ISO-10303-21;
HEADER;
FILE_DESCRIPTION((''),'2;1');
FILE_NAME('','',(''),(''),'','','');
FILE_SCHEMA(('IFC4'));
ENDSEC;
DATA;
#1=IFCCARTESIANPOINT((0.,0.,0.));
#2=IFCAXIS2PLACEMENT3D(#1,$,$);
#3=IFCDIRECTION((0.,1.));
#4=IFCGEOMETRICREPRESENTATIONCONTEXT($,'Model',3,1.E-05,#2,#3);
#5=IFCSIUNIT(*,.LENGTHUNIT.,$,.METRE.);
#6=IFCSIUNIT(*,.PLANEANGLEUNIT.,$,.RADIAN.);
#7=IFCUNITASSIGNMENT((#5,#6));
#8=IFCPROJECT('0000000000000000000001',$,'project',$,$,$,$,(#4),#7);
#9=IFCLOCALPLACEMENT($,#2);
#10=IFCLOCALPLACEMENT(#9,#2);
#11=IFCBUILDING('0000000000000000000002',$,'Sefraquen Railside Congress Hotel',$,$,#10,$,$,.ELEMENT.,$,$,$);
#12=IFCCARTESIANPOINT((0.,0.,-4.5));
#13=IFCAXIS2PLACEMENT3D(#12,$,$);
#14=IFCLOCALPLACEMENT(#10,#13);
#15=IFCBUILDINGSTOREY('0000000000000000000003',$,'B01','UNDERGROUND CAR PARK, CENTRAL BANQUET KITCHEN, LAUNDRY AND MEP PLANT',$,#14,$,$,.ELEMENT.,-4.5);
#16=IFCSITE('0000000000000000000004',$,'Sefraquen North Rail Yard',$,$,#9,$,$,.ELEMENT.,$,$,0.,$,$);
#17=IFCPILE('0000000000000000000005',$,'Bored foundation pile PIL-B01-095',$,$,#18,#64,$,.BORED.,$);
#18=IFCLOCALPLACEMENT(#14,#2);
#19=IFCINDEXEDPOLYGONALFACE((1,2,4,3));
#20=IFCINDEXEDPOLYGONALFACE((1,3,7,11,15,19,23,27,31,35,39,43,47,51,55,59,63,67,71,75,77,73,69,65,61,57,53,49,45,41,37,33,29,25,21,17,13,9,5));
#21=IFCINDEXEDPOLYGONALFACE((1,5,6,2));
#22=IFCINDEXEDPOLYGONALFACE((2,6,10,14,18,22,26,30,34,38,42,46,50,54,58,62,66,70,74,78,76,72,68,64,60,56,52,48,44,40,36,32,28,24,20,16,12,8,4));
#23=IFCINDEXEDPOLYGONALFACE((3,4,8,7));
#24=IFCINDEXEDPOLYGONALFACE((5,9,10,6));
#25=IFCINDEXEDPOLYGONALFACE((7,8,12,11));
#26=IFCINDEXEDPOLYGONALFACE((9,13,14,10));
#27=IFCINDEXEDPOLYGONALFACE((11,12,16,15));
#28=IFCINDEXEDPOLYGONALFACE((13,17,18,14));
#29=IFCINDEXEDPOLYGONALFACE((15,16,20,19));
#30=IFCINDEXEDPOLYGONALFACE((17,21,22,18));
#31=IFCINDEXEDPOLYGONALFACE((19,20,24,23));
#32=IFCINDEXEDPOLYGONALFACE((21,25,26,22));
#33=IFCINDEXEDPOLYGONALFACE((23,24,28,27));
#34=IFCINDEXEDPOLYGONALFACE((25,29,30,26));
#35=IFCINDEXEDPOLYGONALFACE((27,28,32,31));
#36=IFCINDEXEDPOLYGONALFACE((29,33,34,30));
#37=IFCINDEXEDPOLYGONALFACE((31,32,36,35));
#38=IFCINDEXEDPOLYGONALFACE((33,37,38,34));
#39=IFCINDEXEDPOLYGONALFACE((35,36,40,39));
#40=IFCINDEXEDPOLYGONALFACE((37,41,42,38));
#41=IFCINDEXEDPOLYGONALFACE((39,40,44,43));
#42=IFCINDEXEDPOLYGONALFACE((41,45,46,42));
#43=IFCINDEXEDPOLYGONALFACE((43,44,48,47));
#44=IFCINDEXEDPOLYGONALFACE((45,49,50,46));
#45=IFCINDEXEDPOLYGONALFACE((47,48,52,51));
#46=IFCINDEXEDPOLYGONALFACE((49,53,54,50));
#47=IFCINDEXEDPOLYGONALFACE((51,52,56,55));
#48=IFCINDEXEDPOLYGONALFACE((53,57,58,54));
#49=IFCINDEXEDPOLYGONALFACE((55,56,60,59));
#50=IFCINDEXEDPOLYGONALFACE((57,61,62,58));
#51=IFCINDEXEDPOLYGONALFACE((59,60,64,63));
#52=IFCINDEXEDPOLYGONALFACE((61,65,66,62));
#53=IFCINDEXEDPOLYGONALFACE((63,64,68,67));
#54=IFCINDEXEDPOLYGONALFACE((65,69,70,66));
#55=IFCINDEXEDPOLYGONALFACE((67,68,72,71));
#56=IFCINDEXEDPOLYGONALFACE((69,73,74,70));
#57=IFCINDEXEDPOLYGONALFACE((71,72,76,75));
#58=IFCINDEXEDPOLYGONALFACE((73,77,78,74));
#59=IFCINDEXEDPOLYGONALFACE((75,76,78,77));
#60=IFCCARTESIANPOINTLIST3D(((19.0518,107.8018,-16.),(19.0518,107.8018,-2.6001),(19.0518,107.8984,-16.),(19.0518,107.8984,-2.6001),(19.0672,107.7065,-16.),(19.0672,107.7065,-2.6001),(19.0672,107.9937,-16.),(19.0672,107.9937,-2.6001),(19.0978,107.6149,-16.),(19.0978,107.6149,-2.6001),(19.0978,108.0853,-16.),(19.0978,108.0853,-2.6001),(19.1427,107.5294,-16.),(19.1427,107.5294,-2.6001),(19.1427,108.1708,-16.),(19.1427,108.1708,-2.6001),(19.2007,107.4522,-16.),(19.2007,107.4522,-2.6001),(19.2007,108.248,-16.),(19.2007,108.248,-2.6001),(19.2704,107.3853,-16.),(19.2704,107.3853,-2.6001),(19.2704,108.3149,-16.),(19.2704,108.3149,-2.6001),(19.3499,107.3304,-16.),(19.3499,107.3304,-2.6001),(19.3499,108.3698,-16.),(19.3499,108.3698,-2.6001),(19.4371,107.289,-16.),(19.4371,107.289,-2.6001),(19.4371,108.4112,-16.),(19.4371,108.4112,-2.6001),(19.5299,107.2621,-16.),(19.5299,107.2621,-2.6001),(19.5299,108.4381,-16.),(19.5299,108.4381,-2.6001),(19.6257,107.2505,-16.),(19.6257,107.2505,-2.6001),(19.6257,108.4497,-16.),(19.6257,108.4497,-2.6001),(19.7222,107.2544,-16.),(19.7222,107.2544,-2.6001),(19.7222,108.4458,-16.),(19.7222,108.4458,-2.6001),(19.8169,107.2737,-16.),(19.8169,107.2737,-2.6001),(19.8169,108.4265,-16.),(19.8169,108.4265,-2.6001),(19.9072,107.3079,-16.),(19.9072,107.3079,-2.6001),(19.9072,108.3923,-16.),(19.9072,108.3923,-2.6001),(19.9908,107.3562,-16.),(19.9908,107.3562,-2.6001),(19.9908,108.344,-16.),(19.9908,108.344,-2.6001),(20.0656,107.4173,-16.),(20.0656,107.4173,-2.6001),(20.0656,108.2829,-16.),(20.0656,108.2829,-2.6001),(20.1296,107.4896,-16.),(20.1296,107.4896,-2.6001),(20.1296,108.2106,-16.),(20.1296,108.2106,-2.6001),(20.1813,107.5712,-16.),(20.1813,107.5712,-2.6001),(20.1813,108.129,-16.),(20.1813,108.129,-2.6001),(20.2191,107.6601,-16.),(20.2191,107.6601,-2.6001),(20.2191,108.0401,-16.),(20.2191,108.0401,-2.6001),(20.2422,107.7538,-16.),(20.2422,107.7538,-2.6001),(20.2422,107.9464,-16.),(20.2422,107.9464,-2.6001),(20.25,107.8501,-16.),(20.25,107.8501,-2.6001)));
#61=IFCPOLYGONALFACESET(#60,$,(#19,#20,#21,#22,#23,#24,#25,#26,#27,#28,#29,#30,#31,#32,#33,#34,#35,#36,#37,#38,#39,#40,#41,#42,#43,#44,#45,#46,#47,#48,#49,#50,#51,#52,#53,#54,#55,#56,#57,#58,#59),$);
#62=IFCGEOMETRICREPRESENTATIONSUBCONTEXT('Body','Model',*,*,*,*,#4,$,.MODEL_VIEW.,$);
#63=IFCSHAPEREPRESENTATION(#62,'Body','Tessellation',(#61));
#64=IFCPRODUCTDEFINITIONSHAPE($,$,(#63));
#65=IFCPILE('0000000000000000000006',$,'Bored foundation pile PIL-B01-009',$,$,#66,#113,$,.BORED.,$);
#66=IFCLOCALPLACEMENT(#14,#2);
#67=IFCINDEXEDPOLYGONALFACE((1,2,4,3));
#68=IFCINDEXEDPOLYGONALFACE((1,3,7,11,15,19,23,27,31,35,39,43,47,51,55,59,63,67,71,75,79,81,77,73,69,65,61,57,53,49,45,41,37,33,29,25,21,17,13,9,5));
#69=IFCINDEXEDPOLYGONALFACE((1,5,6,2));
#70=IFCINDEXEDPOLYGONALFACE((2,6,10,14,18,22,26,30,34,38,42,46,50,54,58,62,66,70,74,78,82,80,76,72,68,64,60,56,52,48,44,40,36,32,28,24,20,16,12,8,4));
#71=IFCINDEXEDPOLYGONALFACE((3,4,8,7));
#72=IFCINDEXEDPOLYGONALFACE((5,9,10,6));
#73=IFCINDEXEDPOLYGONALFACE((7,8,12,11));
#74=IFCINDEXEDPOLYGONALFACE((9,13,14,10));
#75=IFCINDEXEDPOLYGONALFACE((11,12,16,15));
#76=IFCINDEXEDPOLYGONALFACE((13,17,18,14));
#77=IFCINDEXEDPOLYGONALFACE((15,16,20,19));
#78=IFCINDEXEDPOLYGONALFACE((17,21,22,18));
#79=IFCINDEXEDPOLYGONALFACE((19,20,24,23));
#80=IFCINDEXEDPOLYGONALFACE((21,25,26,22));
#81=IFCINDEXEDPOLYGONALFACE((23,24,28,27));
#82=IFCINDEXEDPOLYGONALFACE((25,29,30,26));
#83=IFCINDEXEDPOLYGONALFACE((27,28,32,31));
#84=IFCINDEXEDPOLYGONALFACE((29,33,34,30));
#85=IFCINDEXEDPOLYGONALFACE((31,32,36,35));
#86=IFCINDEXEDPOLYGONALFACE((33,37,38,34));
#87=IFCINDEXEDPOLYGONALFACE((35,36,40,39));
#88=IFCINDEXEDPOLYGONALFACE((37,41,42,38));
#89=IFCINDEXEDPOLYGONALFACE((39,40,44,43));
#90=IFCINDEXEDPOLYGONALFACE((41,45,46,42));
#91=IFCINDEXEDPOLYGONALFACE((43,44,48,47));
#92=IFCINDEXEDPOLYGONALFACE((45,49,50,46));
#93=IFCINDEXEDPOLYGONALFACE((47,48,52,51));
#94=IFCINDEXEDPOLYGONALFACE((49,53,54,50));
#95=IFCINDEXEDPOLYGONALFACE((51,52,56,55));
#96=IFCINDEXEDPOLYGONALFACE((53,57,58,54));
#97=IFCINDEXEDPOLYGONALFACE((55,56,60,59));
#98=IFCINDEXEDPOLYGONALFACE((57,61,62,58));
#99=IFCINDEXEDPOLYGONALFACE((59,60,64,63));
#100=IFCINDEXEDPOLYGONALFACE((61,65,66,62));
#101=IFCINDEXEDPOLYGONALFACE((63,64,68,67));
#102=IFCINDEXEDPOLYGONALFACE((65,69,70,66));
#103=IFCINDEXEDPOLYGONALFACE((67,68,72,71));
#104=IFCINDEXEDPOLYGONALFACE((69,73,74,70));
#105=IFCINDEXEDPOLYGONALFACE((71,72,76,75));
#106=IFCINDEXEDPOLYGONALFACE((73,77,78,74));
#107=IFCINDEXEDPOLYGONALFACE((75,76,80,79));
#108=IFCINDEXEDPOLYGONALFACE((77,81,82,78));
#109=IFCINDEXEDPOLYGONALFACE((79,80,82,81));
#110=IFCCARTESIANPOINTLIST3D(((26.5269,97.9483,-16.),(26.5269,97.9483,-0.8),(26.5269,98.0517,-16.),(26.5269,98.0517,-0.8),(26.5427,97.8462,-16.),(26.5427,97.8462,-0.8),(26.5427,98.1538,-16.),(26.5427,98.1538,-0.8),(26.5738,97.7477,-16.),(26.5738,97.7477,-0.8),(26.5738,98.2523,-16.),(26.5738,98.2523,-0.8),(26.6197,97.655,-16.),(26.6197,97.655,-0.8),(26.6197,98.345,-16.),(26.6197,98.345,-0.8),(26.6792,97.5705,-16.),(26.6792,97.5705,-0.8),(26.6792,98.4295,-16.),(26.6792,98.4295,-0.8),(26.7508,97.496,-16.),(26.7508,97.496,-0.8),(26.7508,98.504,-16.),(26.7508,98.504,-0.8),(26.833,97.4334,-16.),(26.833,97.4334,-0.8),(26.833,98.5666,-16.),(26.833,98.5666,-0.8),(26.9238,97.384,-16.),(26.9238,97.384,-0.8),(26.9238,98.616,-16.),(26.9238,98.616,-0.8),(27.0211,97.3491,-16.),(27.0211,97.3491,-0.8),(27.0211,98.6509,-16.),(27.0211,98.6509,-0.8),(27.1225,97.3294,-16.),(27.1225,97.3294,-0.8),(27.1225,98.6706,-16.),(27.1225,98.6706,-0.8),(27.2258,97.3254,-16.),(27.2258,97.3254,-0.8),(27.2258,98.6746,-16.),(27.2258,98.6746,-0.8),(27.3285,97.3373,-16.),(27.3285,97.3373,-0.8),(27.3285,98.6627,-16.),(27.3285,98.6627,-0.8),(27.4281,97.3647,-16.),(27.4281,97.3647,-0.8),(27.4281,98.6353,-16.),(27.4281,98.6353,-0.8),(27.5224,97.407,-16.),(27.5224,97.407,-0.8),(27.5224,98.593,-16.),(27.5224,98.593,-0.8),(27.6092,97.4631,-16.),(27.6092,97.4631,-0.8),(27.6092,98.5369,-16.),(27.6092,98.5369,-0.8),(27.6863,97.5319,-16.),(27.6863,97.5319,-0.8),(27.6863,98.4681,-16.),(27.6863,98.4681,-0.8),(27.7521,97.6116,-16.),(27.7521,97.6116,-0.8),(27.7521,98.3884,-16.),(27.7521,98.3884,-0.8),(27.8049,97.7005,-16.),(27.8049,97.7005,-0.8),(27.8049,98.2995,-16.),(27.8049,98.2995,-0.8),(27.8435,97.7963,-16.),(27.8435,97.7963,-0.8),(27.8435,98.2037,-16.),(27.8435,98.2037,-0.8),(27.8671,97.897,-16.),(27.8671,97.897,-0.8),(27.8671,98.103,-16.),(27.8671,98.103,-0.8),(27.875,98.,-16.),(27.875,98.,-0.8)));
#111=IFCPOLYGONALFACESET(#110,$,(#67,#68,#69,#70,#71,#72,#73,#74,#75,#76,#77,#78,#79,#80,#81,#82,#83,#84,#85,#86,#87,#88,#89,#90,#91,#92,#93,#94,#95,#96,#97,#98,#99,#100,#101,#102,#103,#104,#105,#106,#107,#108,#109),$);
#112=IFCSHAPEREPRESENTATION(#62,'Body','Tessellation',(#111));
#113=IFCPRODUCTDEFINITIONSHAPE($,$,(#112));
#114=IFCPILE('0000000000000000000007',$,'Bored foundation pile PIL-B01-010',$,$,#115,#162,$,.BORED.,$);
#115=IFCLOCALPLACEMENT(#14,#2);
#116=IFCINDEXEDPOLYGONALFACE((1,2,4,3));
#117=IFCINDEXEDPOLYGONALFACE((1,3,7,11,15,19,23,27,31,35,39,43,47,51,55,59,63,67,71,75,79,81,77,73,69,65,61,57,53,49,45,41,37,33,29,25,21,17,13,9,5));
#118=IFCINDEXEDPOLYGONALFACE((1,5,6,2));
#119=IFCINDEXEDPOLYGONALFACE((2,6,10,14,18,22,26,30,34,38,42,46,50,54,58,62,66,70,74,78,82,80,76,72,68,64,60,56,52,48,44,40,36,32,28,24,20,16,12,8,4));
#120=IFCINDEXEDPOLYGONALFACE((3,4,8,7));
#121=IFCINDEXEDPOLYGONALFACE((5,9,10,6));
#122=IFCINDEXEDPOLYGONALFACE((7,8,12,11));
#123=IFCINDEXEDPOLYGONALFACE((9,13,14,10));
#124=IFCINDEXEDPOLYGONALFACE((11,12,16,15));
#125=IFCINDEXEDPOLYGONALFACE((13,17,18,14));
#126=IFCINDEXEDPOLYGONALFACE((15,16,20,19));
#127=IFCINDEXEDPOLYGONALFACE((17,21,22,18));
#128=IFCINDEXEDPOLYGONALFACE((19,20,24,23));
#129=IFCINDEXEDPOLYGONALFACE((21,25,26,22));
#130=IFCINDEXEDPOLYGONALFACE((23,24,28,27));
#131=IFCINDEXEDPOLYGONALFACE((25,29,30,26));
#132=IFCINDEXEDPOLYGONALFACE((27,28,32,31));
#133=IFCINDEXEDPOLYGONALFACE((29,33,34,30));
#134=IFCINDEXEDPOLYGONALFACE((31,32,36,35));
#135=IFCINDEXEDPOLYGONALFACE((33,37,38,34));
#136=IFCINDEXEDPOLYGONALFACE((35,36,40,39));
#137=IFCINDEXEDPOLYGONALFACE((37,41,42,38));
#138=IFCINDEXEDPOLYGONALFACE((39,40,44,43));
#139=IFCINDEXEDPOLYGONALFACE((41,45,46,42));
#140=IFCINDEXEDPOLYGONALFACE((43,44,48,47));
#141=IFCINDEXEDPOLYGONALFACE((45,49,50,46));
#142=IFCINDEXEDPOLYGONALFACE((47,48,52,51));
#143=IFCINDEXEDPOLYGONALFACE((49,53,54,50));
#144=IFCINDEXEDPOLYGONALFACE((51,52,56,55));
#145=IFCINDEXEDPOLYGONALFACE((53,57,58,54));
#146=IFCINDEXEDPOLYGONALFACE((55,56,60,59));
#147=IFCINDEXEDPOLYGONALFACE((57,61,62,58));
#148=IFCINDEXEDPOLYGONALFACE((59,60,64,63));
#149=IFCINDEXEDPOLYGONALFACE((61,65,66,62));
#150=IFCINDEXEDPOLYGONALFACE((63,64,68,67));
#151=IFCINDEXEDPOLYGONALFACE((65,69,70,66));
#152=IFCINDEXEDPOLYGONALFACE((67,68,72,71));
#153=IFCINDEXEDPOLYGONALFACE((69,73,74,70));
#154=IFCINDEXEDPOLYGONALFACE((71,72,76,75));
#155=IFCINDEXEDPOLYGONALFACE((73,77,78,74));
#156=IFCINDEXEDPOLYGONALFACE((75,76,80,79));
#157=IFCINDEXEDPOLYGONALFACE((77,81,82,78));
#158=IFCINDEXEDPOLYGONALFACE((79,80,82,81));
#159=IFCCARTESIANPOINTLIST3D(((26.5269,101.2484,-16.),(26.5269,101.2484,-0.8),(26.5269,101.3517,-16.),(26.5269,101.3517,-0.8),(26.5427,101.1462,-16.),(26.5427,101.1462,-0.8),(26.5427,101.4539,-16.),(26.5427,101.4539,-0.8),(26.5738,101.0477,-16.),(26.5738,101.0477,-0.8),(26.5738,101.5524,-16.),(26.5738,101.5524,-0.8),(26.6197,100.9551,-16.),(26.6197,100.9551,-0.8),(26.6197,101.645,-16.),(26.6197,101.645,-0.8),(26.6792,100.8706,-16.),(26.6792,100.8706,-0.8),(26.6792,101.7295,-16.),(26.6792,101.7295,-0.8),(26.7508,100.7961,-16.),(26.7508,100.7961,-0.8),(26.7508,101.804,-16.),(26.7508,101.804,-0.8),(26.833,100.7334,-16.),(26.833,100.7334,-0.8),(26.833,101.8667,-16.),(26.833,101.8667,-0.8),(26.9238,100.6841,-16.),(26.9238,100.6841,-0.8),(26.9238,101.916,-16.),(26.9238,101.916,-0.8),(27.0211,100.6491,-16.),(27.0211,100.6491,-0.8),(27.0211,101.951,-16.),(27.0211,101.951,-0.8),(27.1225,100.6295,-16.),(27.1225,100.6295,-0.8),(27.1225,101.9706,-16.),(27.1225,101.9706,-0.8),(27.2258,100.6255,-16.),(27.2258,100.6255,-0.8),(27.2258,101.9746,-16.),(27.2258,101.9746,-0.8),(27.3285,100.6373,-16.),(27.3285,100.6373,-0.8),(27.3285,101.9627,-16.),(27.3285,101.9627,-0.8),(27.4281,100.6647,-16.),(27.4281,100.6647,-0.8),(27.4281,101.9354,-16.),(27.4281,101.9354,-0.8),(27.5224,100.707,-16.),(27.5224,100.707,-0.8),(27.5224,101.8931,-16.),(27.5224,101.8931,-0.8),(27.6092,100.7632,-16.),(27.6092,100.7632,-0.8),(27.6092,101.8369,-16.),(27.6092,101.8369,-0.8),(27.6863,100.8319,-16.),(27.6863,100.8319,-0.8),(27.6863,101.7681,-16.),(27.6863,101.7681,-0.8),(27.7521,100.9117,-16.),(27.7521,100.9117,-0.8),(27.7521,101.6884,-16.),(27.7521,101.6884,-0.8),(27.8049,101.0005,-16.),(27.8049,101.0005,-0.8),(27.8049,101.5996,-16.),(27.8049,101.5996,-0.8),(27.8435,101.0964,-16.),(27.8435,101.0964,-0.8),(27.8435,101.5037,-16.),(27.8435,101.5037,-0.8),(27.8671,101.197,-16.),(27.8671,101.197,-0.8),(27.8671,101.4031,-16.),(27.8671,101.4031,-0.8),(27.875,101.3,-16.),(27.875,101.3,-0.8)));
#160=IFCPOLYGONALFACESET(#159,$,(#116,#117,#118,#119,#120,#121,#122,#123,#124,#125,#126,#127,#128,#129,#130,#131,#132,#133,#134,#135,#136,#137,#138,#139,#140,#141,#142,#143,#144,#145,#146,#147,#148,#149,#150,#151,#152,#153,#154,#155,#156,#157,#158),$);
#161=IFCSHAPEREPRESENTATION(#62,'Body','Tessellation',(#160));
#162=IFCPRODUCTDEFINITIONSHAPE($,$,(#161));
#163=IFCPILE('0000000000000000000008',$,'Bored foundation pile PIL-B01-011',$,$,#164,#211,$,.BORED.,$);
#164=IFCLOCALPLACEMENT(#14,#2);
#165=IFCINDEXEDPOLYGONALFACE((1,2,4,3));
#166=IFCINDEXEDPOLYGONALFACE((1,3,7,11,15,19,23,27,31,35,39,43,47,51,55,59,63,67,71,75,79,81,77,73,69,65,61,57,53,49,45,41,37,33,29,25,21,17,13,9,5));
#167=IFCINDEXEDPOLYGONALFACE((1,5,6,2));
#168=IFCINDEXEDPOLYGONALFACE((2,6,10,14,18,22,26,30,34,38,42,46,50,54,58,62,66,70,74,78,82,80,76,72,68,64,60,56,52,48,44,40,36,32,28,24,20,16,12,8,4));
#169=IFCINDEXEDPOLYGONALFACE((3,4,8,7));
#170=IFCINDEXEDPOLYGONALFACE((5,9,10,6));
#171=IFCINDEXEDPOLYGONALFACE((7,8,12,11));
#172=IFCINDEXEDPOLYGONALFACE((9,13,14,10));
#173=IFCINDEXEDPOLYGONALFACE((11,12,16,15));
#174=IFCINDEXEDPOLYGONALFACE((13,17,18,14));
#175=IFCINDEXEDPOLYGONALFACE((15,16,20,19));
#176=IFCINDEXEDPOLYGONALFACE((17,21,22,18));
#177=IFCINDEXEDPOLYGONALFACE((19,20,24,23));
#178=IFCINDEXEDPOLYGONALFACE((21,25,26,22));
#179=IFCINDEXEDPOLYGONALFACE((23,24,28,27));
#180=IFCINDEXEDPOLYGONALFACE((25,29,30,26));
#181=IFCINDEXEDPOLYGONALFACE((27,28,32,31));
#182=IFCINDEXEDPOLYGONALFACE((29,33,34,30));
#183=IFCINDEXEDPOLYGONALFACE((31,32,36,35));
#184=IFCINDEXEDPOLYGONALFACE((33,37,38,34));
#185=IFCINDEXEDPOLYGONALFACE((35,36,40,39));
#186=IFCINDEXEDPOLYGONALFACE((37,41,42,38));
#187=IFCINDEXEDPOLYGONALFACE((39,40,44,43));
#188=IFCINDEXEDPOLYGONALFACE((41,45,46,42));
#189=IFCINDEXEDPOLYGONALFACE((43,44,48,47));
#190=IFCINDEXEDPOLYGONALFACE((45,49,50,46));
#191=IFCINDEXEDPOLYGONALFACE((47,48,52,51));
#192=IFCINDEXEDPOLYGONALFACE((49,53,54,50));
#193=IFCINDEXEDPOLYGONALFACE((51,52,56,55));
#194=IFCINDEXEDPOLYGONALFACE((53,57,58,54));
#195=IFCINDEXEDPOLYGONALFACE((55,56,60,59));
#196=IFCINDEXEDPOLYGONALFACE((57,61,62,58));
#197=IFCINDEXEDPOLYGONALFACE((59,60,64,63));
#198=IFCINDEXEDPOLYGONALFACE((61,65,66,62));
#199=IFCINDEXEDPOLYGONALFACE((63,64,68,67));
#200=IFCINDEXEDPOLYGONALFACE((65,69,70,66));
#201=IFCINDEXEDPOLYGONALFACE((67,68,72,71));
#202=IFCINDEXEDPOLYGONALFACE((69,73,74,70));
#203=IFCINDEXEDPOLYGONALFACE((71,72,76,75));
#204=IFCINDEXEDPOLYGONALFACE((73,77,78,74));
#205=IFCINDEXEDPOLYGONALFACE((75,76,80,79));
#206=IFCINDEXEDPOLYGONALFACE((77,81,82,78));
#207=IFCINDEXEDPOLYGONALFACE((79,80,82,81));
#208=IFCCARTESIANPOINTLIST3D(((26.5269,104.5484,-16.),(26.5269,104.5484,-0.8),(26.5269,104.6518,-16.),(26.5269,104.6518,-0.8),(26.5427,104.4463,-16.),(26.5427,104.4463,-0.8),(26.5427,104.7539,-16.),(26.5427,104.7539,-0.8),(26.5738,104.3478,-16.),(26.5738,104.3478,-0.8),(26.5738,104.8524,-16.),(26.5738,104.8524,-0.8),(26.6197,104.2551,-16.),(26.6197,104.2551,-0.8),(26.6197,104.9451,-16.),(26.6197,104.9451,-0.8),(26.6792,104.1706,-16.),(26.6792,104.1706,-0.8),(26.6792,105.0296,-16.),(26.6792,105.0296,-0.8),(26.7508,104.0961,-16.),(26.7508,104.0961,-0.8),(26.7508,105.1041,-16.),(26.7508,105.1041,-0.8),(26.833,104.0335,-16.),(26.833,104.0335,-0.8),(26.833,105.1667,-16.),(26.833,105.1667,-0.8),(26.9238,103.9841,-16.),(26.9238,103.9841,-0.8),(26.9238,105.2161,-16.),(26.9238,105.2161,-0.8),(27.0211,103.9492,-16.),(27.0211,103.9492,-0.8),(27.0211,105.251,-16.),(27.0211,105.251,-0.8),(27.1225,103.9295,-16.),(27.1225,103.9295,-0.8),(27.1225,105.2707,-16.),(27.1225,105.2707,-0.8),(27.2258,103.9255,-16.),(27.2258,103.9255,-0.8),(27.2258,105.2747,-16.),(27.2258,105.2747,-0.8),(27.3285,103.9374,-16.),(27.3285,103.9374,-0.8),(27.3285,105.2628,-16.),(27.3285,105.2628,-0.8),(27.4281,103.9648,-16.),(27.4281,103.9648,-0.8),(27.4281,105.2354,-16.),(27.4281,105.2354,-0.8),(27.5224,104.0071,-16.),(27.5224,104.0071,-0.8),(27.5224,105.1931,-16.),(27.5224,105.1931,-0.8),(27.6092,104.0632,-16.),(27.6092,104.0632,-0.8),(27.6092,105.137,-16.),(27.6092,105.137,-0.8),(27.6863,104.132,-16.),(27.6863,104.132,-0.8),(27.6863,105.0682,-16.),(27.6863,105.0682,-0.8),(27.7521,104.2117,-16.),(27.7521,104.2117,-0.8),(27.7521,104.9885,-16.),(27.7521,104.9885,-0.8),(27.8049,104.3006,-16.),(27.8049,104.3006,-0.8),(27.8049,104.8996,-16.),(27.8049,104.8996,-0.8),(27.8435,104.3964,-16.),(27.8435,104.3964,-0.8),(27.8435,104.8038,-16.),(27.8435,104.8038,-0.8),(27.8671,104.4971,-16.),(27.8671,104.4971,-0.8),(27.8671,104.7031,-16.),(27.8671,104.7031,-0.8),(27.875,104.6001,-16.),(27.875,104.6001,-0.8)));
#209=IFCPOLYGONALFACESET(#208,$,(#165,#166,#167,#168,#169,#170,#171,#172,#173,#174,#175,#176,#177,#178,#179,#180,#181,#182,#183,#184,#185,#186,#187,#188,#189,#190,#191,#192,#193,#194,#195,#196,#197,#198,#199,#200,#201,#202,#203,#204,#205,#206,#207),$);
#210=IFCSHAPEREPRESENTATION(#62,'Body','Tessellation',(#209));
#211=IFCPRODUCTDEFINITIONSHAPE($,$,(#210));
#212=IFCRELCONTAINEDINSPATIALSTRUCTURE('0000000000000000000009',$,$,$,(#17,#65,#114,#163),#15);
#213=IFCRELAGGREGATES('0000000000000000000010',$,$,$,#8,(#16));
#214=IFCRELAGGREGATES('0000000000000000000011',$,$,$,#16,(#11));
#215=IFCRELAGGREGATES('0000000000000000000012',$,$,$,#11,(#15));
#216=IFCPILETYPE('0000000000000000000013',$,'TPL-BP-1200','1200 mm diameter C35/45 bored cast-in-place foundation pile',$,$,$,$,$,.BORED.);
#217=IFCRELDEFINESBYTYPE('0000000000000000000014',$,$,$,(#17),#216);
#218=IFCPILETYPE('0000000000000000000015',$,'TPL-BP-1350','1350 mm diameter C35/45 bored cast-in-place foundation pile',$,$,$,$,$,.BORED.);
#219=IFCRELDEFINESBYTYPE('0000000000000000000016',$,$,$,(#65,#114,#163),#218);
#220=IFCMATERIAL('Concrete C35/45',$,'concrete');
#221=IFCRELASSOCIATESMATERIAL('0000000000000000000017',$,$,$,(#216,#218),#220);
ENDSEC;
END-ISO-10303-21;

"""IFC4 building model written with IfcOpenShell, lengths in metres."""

from ifc_helpers import new_model, si_unit, direction, frame, origin, origin_2d, place, context, subcontext, project, spatial, circle, extrude, material, material_profile, profile_set, type_object, element, save


model = new_model("IFC4")

# Units and contexts
model_context = context("Model", 3, precision=1e-05, world=origin(), true_north=direction((0.0, 1.0)))
body_context = subcontext(model_context, "Body", "Model", "MODEL_VIEW")
ifc_project = project(units=[si_unit("LENGTHUNIT", "METRE"), si_unit("PLANEANGLEUNIT", "RADIAN")], contexts=[model_context])

# Site, building, storey
site_placement = place(None, origin())
site = spatial("IfcSite", under=ifc_project, at=site_placement, Name="Sefraquen North Rail Yard", CompositionType="ELEMENT", RefElevation=0.0)
building_placement = place(site_placement, origin())
building = spatial("IfcBuilding", under=site, at=building_placement, Name="Sefraquen Railside Congress Hotel", CompositionType="ELEMENT")
storey_placement = place(building_placement, frame((0.0, 0.0, -4.5)))
storey = spatial("IfcBuildingStorey", under=building, at=storey_placement, Name="B01", Description="UNDERGROUND CAR PARK, CENTRAL BANQUET KITCHEN, LAUNDRY AND MEP PLANT", CompositionType="ELEMENT", Elevation=-4.5)

# Piles
ifc_material_1 = material(Name="Concrete C35/45", Category="concrete")
ifc_material_profile_1 = material_profile(ifc_material_1, circle(Radius=0.6001, at=origin_2d()), Name="BORED PILE 1200")
ifc_profile_set_1 = profile_set([ifc_material_profile_1], Name="Concrete C35/45")
pile_type_1 = type_object("IfcPileType", Name="TPL-BP-1200", Description="1200 mm diameter C35/45 bored cast-in-place foundation pile", PredefinedType="BORED", material=ifc_profile_set_1)
pile_1_placement = place(storey_placement, frame((19.6499, 107.8501, -2.6001), z_axis=(0.0, 0.0, -1.0), x_axis=(1.0, 0.0, 0.0)))
element("IfcPile", 1, at=pile_1_placement, inside=storey, type_object=pile_type_1, Name="Bored foundation pile PIL-B01-095", PredefinedType="BORED", context=body_context, shape_type="SweptSolid", body=[
    extrude(circle(Radius=0.6001, at=origin_2d()), origin(), (0.0, 0.0, 1.0), 13.3999),
])
ifc_material_profile_2 = material_profile(ifc_material_1, circle(Radius=0.675, at=origin_2d()), Name="BORED PILE 1350")
ifc_profile_set_2 = profile_set([ifc_material_profile_2], Name="Concrete C35/45")
pile_type_2 = type_object("IfcPileType", Name="TPL-BP-1350", Description="1350 mm diameter C35/45 bored cast-in-place foundation pile", PredefinedType="BORED", material=ifc_profile_set_2)
for number, where, z_axis, x_axis, name in (
    (2, (27.2, 98.0, -0.8), (0.0, 0.0, -1.0), (1.0, 0.0, 0.0), "Bored foundation pile PIL-B01-009"),
    (3, (27.2, 101.3, -0.8), (0.0, 0.0, -1.0), (1.0, 0.0, 0.0), "Bored foundation pile PIL-B01-010"),
    (4, (27.2, 104.6001, -0.8), (0.0, 0.0, -1.0), (1.0, 0.0, 0.0), "Bored foundation pile PIL-B01-011"),
):
    element("IfcPile", number, at=place(storey_placement, frame(where, z_axis=z_axis, x_axis=x_axis)), inside=storey, type_object=pile_type_2, Name=name, PredefinedType="BORED", context=body_context, shape_type="SweptSolid", body=[
        extrude(circle(Radius=0.675, at=origin_2d()), origin(), (0.0, 0.0, 1.0), 15.2),
    ])

save(model, "model.ifc")
